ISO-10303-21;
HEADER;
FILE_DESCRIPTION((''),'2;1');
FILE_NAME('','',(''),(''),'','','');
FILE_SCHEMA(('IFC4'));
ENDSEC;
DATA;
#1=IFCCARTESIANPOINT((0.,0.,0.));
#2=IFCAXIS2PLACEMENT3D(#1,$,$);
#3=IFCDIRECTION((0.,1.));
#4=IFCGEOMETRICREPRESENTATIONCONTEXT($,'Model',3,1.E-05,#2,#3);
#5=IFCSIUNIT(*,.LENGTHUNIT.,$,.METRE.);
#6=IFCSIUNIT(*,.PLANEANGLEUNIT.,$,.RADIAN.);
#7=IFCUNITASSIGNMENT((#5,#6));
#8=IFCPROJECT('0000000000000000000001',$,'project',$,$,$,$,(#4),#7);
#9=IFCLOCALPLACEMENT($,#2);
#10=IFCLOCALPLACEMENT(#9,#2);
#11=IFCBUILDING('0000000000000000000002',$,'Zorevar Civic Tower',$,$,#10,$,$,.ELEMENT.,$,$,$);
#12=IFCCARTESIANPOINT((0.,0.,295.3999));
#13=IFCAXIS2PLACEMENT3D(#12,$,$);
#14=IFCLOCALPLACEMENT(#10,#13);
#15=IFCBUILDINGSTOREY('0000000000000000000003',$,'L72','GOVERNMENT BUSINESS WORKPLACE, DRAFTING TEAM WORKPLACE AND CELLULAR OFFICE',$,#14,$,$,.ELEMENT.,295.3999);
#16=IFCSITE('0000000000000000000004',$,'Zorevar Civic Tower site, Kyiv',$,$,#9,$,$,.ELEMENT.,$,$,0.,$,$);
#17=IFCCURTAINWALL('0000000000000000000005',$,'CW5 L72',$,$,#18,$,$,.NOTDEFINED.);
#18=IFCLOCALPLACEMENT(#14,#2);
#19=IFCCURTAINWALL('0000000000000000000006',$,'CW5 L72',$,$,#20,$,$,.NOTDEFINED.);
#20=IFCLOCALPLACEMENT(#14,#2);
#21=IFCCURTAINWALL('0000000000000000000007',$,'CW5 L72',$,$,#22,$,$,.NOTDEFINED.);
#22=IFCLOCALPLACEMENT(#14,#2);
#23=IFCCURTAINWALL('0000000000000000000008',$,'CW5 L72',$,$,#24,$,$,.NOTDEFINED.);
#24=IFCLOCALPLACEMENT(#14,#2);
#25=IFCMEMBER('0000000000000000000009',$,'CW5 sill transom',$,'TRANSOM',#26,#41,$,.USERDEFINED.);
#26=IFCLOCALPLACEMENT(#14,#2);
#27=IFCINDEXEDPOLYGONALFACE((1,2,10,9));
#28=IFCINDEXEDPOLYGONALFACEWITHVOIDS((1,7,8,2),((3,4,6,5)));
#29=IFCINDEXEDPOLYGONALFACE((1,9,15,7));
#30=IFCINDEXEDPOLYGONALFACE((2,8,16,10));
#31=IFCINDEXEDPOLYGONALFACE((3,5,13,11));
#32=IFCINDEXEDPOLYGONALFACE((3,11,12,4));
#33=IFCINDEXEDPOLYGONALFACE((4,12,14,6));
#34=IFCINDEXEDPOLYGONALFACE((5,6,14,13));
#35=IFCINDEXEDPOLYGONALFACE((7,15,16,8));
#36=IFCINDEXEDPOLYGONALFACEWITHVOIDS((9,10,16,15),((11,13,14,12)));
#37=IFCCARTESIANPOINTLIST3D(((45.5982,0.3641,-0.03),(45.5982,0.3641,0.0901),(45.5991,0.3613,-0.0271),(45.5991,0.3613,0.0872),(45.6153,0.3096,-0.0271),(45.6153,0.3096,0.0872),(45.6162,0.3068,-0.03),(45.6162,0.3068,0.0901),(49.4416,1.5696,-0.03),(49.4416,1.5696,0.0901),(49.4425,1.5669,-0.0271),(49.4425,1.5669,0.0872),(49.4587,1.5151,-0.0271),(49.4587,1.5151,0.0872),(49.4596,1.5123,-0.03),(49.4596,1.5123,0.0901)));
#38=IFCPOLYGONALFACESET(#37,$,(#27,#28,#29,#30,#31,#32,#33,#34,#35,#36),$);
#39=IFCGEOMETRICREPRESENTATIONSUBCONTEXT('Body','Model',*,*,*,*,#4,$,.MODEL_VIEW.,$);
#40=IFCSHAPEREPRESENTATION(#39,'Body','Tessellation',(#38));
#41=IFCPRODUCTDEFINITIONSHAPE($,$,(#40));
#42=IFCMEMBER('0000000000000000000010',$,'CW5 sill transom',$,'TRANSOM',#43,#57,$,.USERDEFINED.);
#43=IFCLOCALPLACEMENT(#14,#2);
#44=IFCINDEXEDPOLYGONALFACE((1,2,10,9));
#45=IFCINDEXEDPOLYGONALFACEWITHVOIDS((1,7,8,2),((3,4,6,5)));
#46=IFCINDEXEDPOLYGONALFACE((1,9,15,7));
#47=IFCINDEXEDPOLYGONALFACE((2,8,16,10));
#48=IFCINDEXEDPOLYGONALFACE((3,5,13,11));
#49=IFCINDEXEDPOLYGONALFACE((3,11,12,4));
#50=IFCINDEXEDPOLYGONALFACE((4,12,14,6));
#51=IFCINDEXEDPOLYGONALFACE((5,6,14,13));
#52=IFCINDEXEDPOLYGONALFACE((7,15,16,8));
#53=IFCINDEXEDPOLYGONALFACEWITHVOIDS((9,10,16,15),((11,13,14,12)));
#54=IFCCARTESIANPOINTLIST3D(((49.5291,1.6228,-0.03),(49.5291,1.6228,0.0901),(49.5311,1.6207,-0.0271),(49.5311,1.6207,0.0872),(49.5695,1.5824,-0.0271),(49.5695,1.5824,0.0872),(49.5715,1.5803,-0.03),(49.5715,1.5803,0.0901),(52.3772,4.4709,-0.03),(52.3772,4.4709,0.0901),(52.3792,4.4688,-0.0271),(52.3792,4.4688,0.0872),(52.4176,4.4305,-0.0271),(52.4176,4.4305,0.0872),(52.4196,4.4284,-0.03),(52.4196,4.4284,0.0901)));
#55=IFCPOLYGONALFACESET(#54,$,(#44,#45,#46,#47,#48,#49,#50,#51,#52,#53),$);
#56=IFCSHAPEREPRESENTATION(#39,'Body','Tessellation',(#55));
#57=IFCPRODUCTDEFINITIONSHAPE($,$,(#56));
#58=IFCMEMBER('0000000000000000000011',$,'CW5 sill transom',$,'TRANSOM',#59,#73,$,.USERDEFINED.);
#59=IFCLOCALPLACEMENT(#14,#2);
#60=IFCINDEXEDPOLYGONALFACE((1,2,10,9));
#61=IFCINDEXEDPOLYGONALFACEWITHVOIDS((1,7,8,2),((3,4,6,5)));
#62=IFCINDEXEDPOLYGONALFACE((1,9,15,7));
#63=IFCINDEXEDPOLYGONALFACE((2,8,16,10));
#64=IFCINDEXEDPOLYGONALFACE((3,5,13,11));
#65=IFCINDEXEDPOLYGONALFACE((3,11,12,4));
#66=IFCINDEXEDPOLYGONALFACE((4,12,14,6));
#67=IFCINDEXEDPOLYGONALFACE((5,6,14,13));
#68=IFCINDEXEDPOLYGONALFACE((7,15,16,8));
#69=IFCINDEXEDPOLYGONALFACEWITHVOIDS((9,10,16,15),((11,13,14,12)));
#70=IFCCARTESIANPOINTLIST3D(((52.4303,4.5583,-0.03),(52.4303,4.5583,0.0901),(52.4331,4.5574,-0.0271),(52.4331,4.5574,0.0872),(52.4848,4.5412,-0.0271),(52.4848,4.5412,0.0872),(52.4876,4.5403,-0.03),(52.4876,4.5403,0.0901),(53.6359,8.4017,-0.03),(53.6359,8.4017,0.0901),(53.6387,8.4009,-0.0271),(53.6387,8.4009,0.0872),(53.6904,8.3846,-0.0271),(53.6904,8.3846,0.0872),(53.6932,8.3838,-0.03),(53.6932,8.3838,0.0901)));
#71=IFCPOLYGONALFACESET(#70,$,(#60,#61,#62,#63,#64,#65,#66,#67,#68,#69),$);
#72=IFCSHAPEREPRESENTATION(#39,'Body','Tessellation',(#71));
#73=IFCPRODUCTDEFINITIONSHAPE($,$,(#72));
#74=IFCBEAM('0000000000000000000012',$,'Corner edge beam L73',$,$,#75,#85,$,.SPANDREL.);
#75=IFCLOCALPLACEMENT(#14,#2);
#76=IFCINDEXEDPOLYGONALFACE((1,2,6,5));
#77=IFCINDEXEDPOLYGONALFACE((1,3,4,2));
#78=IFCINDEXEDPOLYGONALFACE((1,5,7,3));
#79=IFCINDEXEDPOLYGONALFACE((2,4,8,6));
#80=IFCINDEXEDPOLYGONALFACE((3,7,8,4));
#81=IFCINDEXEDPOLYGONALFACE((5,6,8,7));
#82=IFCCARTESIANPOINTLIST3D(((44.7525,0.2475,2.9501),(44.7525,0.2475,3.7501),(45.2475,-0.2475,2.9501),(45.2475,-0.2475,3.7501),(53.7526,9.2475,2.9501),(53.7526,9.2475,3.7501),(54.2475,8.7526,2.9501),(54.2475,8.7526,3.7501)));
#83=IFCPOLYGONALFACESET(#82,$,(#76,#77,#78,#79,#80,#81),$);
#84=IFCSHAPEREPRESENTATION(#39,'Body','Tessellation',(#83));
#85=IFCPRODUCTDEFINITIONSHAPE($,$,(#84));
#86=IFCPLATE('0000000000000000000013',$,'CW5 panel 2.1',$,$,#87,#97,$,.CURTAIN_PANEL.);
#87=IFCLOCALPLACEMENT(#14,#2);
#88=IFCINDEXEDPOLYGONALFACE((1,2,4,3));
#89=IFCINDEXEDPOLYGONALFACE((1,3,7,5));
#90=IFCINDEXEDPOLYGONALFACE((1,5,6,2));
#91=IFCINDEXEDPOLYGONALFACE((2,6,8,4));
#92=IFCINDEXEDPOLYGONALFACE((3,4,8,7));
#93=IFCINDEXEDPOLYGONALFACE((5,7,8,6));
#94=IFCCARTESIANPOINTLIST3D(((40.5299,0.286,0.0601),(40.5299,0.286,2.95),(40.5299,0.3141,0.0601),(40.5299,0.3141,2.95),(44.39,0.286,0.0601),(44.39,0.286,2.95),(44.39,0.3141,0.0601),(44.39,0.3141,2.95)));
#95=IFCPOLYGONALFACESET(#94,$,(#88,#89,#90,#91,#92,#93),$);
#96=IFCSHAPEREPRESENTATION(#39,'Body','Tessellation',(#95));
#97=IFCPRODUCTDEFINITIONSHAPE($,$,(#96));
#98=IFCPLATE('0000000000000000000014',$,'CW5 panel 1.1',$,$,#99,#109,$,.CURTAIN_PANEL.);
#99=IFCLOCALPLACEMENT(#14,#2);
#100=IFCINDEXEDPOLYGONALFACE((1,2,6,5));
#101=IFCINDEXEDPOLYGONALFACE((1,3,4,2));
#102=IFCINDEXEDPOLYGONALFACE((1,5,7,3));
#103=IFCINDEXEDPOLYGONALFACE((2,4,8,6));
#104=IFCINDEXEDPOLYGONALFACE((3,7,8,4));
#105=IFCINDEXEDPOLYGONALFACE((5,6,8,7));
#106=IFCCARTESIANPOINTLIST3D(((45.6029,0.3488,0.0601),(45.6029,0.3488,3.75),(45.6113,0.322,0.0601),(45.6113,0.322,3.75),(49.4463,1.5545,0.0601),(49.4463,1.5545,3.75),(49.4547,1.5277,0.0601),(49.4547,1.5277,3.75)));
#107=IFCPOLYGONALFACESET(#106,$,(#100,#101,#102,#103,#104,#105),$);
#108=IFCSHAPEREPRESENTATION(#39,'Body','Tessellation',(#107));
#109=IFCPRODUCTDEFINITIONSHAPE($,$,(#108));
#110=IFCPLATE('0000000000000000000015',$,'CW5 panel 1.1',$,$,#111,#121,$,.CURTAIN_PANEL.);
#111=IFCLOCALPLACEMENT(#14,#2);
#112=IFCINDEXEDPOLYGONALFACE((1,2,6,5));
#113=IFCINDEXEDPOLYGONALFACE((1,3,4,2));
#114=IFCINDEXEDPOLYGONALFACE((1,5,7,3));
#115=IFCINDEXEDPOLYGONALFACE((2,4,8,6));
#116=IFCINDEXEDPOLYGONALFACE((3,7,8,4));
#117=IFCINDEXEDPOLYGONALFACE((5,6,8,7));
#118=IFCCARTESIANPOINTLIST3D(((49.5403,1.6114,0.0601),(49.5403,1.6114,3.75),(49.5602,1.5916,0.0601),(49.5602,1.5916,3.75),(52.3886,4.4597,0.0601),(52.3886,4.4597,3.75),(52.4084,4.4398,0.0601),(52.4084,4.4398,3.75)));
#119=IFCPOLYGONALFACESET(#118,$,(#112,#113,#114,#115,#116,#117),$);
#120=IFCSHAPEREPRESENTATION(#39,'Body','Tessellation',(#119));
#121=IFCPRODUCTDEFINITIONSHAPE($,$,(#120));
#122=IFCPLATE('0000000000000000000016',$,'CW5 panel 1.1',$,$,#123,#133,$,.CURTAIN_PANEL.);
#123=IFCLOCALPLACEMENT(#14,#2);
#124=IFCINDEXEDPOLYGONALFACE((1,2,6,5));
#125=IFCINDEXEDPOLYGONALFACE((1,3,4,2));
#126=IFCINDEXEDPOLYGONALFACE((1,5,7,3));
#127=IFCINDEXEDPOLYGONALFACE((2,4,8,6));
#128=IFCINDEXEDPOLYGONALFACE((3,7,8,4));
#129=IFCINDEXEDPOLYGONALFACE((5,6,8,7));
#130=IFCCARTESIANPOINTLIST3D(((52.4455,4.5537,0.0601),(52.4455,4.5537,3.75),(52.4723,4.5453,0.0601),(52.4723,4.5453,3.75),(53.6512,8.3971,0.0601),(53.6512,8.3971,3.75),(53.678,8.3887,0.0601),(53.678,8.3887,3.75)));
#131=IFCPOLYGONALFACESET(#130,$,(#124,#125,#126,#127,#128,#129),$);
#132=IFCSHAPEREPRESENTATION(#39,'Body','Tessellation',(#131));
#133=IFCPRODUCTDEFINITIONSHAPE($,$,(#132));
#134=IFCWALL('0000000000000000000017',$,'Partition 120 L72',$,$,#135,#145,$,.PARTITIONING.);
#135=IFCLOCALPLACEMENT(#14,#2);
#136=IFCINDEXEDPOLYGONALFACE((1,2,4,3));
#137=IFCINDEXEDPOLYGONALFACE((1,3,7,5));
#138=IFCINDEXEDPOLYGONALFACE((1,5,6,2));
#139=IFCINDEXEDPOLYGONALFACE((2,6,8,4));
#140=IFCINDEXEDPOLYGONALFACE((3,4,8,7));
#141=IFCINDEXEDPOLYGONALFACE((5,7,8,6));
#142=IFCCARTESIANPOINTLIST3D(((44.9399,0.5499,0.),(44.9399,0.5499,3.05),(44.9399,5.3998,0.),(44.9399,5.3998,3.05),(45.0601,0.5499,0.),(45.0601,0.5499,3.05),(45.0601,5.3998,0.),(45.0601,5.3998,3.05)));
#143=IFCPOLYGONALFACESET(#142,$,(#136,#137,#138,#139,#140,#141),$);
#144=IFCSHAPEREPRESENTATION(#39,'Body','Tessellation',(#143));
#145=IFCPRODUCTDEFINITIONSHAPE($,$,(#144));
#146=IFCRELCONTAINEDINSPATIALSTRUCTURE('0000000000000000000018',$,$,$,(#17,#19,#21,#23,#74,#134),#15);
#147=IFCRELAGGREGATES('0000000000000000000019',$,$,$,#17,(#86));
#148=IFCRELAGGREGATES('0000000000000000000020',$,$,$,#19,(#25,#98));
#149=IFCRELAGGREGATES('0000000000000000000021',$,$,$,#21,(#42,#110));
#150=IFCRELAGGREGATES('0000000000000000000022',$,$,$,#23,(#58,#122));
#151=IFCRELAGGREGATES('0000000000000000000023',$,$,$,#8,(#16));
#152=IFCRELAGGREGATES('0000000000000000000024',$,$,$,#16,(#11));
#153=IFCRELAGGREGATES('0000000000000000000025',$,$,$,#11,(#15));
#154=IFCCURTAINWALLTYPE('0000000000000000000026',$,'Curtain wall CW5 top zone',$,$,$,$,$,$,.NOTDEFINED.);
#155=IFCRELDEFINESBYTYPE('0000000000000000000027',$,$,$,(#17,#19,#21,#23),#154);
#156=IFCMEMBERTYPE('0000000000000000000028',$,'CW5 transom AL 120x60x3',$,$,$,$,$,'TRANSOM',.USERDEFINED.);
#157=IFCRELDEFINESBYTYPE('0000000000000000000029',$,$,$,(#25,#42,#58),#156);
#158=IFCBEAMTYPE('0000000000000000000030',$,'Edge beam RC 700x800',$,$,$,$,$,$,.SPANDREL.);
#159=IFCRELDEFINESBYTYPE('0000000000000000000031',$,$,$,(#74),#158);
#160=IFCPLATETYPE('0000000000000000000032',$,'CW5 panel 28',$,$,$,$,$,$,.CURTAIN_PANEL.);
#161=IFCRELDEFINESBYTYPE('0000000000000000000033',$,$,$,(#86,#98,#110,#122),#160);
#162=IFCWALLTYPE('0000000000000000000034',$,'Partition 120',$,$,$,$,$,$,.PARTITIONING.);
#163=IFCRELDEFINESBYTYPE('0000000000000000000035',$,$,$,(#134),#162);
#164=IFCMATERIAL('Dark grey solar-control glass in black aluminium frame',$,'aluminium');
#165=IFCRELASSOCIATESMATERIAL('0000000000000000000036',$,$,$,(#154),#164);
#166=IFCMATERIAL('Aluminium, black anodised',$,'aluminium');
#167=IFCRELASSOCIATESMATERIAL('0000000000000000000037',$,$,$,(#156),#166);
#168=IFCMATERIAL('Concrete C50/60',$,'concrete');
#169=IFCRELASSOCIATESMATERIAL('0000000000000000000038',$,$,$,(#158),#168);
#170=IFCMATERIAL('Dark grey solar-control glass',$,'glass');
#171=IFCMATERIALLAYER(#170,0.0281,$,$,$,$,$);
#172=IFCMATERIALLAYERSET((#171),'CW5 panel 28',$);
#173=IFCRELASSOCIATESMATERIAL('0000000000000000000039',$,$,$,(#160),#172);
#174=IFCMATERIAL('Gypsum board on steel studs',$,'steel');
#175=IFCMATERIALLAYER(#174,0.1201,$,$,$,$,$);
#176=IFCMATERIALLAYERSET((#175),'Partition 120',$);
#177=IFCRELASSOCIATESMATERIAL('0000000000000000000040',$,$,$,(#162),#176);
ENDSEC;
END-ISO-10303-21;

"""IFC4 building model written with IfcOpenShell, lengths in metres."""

from ifc_helpers import new_model, si_unit, direction, frame, frame_2d, origin, origin_2d, place, context, subcontext, project, spatial, rectangle, hollow_rectangle, extrude, material, layer, layer_set, material_profile, profile_set, type_object, element, aggregate, save


model = new_model("IFC4")

# Units and contexts
model_context = context("Model", 3, precision=1e-05, world=origin(), true_north=direction((0.0, 1.0)))
body_context = subcontext(model_context, "Body", "Model", "MODEL_VIEW")
ifc_project = project(units=[si_unit("LENGTHUNIT", "METRE"), si_unit("PLANEANGLEUNIT", "RADIAN")], contexts=[model_context])

# Site, building, storey
site_placement = place(None, origin())
site = spatial("IfcSite", under=ifc_project, at=site_placement, Name="Zorevar Civic Tower site, Kyiv", CompositionType="ELEMENT", RefElevation=0.0)
building_placement = place(site_placement, origin())
building = spatial("IfcBuilding", under=site, at=building_placement, Name="Zorevar Civic Tower", CompositionType="ELEMENT")
storey_placement = place(building_placement, frame((0.0, 0.0, 295.3999)))
storey = spatial("IfcBuildingStorey", under=building, at=storey_placement, Name="L72", Description="GOVERNMENT BUSINESS WORKPLACE, DRAFTING TEAM WORKPLACE AND CELLULAR OFFICE", CompositionType="ELEMENT", Elevation=295.3999)

# Curtain wall
ifc_material_1 = material(Name="Dark grey solar-control glass in black aluminium frame", Category="aluminium")
curtain_wall_type = type_object("IfcCurtainWallType", Name="Curtain wall CW5 top zone", PredefinedType="NOTDEFINED", material=ifc_material_1)
curtain_wall_1_placement = place(storey_placement, origin())
curtain_wall_1 = element("IfcCurtainWall", 1, at=curtain_wall_1_placement, inside=storey, type_object=curtain_wall_type, Name="CW5 L72", PredefinedType="NOTDEFINED")

# Curtain walls
curtain_wall_2_placement = place(storey_placement, origin())
curtain_wall_2 = element("IfcCurtainWall", 2, at=curtain_wall_2_placement, inside=storey, type_object=curtain_wall_type, Name="CW5 L72", PredefinedType="NOTDEFINED")
curtain_wall_3_placement = place(storey_placement, origin())
curtain_wall_3 = element("IfcCurtainWall", 3, at=curtain_wall_3_placement, inside=storey, type_object=curtain_wall_type, Name="CW5 L72", PredefinedType="NOTDEFINED")
curtain_wall_4_placement = place(storey_placement, origin())
curtain_wall_4 = element("IfcCurtainWall", 4, at=curtain_wall_4_placement, inside=storey, type_object=curtain_wall_type, Name="CW5 L72", PredefinedType="NOTDEFINED")

# Members
ifc_material_2 = material(Name="Aluminium, black anodised", Category="aluminium")
ifc_material_profile_1 = material_profile(ifc_material_2, hollow_rectangle(XDim=0.0601, YDim=0.1201, WallThickness=0.0029, at=origin_2d()), Name="AL 120x60x3")
ifc_profile_set_1 = profile_set([ifc_material_profile_1], Name="Aluminium, black anodised")
member_type_1 = type_object("IfcMemberType", Name="CW5 transom AL 120x60x3", ElementType="TRANSOM", PredefinedType="USERDEFINED", material=ifc_profile_set_1)
member_1_placement = place(storey_placement, frame((45.6072, 0.3354, 0.03), z_axis=(0.954163, 0.299286, 0.0), x_axis=(-0.299286, 0.954163, 0.0)))
member_1 = element("IfcMember", 5, at=member_1_placement, type_object=member_type_1, Name="CW5 sill transom", ObjectType="TRANSOM", PredefinedType="USERDEFINED", context=body_context, shape_type="SweptSolid", body=[
    extrude(hollow_rectangle(XDim=0.0601, YDim=0.1201, WallThickness=0.0029, at=origin_2d()), origin(), (0.0, 0.0, 1.0), 4.0281),
])
member_2_placement = place(storey_placement, frame((49.5503, 1.6016, 0.03), z_axis=(0.707107, 0.707107, 0.0), x_axis=(-0.707107, 0.707107, 0.0)))
member_2 = element("IfcMember", 6, at=member_2_placement, type_object=member_type_1, Name="CW5 sill transom", ObjectType="TRANSOM", PredefinedType="USERDEFINED", context=body_context, shape_type="SweptSolid", body=[
    extrude(hollow_rectangle(XDim=0.0601, YDim=0.1201, WallThickness=0.0029, at=origin_2d()), origin(), (0.0, 0.0, 1.0), 4.0278),
])
member_3_placement = place(storey_placement, frame((52.459, 4.5493, 0.03), z_axis=(0.299286, 0.954163, 0.0), x_axis=(-0.954163, 0.299286, 0.0)))
member_3 = element("IfcMember", 7, at=member_3_placement, type_object=member_type_1, Name="CW5 sill transom", ObjectType="TRANSOM", PredefinedType="USERDEFINED", context=body_context, shape_type="SweptSolid", body=[
    extrude(hollow_rectangle(XDim=0.0601, YDim=0.1201, WallThickness=0.0029, at=origin_2d()), origin(), (0.0, 0.0, 1.0), 4.0281),
])

# Beam
ifc_material_3 = material(Name="Concrete C50/60", Category="concrete")
ifc_material_profile_2 = material_profile(ifc_material_3, rectangle(XDim=0.7, YDim=0.8, at=origin_2d()), Name="RC 700x800")
ifc_profile_set_2 = profile_set([ifc_material_profile_2], Name="Concrete C50/60")
beam_type_1 = type_object("IfcBeamType", Name="Edge beam RC 700x800", PredefinedType="SPANDREL", material=ifc_profile_set_2)
beam_1_placement = place(storey_placement, frame((45.0, 0.0, 3.3501), z_axis=(0.707107, 0.707107, 0.0), x_axis=(-0.707107, 0.707107, 0.0)))
element("IfcBeam", 8, at=beam_1_placement, inside=storey, type_object=beam_type_1, Name="Corner edge beam L73", PredefinedType="SPANDREL", context=body_context, shape_type="SweptSolid", body=[
    extrude(rectangle(XDim=0.7, YDim=0.8, at=origin_2d()), origin(), (0.0, 0.0, 1.0), 12.728),
])

# Plates
ifc_material_4 = material(Name="Dark grey solar-control glass", Category="glass")
ifc_layer_1 = layer(ifc_material_4, 0.0281)
ifc_layer_set_1 = layer_set([ifc_layer_1], Name="CW5 panel 28")
plate_type = type_object("IfcPlateType", Name="CW5 panel 28", PredefinedType="CURTAIN_PANEL", material=ifc_layer_set_1)
plate_1_placement = place(storey_placement, frame((42.46, 0.3, 0.0601), z_axis=(0.0, 0.0, 1.0), x_axis=(1.0, 0.0, 0.0)))
plate_1 = element("IfcPlate", 9, at=plate_1_placement, type_object=plate_type, Name="CW5 panel 2.1", PredefinedType="CURTAIN_PANEL", context=body_context, shape_type="SweptSolid", body=[
    extrude(rectangle(XDim=3.8601, YDim=0.0281, at=origin_2d()), origin(), (0.0, 0.0, 1.0), 2.8899),
])
aggregate(curtain_wall_1, [plate_1])
plate_2_placement = place(storey_placement, frame((47.5288, 0.9382, 0.0601), z_axis=(0.0, 0.0, 1.0), x_axis=(0.954153, 0.299318, 0.0)))
plate_2 = element("IfcPlate", 10, at=plate_2_placement, type_object=plate_type, Name="CW5 panel 1.1", PredefinedType="CURTAIN_PANEL", context=body_context, shape_type="SweptSolid", body=[
    extrude(rectangle(XDim=4.0281, YDim=0.0281, at=origin_2d()), origin(), (0.0, 0.0, 1.0), 3.6899),
])
aggregate(curtain_wall_2, [member_1, plate_2])
plate_3_placement = place(storey_placement, frame((50.9744, 3.0256, 0.0601), z_axis=(0.0, 0.0, 1.0), x_axis=(0.707107, 0.707107, 0.0)))
plate_3 = element("IfcPlate", 11, at=plate_3_placement, type_object=plate_type, Name="CW5 panel 1.1", PredefinedType="CURTAIN_PANEL", context=body_context, shape_type="SweptSolid", body=[
    extrude(rectangle(XDim=4.0281, YDim=0.0281, at=origin_2d()), origin(), (0.0, 0.0, 1.0), 3.6899),
])
aggregate(curtain_wall_3, [member_2, plate_3])
plate_4_placement = place(storey_placement, frame((53.0618, 6.4712, 0.0601), z_axis=(0.0, 0.0, 1.0), x_axis=(0.299318, 0.954153, 0.0)))
plate_4 = element("IfcPlate", 12, at=plate_4_placement, type_object=plate_type, Name="CW5 panel 1.1", PredefinedType="CURTAIN_PANEL", context=body_context, shape_type="SweptSolid", body=[
    extrude(rectangle(XDim=4.0281, YDim=0.0281, at=origin_2d()), origin(), (0.0, 0.0, 1.0), 3.6899),
])
aggregate(curtain_wall_4, [member_3, plate_4])

# Wall
ifc_material_5 = material(Name="Gypsum board on steel studs", Category="steel")
ifc_layer_2 = layer(ifc_material_5, 0.1201)
ifc_layer_set_2 = layer_set([ifc_layer_2], Name="Partition 120")
wall_type = type_object("IfcWallType", Name="Partition 120", PredefinedType="PARTITIONING", material=ifc_layer_set_2)
wall_placement = place(storey_placement, frame((45.0, 0.55, 0.0), z_axis=(0.0, 0.0, 1.0), x_axis=(0.0, 1.0, 0.0)))
element("IfcWall", 13, at=wall_placement, inside=storey, type_object=wall_type, Name="Partition 120 L72", PredefinedType="PARTITIONING", context=body_context, shape_type="SweptSolid", body=[
    extrude(rectangle(XDim=4.8499, YDim=0.1201, at=frame_2d((2.4248, 0.0))), origin(), (0.0, 0.0, 1.0), 3.05),
])

save(model, "model.ifc")
